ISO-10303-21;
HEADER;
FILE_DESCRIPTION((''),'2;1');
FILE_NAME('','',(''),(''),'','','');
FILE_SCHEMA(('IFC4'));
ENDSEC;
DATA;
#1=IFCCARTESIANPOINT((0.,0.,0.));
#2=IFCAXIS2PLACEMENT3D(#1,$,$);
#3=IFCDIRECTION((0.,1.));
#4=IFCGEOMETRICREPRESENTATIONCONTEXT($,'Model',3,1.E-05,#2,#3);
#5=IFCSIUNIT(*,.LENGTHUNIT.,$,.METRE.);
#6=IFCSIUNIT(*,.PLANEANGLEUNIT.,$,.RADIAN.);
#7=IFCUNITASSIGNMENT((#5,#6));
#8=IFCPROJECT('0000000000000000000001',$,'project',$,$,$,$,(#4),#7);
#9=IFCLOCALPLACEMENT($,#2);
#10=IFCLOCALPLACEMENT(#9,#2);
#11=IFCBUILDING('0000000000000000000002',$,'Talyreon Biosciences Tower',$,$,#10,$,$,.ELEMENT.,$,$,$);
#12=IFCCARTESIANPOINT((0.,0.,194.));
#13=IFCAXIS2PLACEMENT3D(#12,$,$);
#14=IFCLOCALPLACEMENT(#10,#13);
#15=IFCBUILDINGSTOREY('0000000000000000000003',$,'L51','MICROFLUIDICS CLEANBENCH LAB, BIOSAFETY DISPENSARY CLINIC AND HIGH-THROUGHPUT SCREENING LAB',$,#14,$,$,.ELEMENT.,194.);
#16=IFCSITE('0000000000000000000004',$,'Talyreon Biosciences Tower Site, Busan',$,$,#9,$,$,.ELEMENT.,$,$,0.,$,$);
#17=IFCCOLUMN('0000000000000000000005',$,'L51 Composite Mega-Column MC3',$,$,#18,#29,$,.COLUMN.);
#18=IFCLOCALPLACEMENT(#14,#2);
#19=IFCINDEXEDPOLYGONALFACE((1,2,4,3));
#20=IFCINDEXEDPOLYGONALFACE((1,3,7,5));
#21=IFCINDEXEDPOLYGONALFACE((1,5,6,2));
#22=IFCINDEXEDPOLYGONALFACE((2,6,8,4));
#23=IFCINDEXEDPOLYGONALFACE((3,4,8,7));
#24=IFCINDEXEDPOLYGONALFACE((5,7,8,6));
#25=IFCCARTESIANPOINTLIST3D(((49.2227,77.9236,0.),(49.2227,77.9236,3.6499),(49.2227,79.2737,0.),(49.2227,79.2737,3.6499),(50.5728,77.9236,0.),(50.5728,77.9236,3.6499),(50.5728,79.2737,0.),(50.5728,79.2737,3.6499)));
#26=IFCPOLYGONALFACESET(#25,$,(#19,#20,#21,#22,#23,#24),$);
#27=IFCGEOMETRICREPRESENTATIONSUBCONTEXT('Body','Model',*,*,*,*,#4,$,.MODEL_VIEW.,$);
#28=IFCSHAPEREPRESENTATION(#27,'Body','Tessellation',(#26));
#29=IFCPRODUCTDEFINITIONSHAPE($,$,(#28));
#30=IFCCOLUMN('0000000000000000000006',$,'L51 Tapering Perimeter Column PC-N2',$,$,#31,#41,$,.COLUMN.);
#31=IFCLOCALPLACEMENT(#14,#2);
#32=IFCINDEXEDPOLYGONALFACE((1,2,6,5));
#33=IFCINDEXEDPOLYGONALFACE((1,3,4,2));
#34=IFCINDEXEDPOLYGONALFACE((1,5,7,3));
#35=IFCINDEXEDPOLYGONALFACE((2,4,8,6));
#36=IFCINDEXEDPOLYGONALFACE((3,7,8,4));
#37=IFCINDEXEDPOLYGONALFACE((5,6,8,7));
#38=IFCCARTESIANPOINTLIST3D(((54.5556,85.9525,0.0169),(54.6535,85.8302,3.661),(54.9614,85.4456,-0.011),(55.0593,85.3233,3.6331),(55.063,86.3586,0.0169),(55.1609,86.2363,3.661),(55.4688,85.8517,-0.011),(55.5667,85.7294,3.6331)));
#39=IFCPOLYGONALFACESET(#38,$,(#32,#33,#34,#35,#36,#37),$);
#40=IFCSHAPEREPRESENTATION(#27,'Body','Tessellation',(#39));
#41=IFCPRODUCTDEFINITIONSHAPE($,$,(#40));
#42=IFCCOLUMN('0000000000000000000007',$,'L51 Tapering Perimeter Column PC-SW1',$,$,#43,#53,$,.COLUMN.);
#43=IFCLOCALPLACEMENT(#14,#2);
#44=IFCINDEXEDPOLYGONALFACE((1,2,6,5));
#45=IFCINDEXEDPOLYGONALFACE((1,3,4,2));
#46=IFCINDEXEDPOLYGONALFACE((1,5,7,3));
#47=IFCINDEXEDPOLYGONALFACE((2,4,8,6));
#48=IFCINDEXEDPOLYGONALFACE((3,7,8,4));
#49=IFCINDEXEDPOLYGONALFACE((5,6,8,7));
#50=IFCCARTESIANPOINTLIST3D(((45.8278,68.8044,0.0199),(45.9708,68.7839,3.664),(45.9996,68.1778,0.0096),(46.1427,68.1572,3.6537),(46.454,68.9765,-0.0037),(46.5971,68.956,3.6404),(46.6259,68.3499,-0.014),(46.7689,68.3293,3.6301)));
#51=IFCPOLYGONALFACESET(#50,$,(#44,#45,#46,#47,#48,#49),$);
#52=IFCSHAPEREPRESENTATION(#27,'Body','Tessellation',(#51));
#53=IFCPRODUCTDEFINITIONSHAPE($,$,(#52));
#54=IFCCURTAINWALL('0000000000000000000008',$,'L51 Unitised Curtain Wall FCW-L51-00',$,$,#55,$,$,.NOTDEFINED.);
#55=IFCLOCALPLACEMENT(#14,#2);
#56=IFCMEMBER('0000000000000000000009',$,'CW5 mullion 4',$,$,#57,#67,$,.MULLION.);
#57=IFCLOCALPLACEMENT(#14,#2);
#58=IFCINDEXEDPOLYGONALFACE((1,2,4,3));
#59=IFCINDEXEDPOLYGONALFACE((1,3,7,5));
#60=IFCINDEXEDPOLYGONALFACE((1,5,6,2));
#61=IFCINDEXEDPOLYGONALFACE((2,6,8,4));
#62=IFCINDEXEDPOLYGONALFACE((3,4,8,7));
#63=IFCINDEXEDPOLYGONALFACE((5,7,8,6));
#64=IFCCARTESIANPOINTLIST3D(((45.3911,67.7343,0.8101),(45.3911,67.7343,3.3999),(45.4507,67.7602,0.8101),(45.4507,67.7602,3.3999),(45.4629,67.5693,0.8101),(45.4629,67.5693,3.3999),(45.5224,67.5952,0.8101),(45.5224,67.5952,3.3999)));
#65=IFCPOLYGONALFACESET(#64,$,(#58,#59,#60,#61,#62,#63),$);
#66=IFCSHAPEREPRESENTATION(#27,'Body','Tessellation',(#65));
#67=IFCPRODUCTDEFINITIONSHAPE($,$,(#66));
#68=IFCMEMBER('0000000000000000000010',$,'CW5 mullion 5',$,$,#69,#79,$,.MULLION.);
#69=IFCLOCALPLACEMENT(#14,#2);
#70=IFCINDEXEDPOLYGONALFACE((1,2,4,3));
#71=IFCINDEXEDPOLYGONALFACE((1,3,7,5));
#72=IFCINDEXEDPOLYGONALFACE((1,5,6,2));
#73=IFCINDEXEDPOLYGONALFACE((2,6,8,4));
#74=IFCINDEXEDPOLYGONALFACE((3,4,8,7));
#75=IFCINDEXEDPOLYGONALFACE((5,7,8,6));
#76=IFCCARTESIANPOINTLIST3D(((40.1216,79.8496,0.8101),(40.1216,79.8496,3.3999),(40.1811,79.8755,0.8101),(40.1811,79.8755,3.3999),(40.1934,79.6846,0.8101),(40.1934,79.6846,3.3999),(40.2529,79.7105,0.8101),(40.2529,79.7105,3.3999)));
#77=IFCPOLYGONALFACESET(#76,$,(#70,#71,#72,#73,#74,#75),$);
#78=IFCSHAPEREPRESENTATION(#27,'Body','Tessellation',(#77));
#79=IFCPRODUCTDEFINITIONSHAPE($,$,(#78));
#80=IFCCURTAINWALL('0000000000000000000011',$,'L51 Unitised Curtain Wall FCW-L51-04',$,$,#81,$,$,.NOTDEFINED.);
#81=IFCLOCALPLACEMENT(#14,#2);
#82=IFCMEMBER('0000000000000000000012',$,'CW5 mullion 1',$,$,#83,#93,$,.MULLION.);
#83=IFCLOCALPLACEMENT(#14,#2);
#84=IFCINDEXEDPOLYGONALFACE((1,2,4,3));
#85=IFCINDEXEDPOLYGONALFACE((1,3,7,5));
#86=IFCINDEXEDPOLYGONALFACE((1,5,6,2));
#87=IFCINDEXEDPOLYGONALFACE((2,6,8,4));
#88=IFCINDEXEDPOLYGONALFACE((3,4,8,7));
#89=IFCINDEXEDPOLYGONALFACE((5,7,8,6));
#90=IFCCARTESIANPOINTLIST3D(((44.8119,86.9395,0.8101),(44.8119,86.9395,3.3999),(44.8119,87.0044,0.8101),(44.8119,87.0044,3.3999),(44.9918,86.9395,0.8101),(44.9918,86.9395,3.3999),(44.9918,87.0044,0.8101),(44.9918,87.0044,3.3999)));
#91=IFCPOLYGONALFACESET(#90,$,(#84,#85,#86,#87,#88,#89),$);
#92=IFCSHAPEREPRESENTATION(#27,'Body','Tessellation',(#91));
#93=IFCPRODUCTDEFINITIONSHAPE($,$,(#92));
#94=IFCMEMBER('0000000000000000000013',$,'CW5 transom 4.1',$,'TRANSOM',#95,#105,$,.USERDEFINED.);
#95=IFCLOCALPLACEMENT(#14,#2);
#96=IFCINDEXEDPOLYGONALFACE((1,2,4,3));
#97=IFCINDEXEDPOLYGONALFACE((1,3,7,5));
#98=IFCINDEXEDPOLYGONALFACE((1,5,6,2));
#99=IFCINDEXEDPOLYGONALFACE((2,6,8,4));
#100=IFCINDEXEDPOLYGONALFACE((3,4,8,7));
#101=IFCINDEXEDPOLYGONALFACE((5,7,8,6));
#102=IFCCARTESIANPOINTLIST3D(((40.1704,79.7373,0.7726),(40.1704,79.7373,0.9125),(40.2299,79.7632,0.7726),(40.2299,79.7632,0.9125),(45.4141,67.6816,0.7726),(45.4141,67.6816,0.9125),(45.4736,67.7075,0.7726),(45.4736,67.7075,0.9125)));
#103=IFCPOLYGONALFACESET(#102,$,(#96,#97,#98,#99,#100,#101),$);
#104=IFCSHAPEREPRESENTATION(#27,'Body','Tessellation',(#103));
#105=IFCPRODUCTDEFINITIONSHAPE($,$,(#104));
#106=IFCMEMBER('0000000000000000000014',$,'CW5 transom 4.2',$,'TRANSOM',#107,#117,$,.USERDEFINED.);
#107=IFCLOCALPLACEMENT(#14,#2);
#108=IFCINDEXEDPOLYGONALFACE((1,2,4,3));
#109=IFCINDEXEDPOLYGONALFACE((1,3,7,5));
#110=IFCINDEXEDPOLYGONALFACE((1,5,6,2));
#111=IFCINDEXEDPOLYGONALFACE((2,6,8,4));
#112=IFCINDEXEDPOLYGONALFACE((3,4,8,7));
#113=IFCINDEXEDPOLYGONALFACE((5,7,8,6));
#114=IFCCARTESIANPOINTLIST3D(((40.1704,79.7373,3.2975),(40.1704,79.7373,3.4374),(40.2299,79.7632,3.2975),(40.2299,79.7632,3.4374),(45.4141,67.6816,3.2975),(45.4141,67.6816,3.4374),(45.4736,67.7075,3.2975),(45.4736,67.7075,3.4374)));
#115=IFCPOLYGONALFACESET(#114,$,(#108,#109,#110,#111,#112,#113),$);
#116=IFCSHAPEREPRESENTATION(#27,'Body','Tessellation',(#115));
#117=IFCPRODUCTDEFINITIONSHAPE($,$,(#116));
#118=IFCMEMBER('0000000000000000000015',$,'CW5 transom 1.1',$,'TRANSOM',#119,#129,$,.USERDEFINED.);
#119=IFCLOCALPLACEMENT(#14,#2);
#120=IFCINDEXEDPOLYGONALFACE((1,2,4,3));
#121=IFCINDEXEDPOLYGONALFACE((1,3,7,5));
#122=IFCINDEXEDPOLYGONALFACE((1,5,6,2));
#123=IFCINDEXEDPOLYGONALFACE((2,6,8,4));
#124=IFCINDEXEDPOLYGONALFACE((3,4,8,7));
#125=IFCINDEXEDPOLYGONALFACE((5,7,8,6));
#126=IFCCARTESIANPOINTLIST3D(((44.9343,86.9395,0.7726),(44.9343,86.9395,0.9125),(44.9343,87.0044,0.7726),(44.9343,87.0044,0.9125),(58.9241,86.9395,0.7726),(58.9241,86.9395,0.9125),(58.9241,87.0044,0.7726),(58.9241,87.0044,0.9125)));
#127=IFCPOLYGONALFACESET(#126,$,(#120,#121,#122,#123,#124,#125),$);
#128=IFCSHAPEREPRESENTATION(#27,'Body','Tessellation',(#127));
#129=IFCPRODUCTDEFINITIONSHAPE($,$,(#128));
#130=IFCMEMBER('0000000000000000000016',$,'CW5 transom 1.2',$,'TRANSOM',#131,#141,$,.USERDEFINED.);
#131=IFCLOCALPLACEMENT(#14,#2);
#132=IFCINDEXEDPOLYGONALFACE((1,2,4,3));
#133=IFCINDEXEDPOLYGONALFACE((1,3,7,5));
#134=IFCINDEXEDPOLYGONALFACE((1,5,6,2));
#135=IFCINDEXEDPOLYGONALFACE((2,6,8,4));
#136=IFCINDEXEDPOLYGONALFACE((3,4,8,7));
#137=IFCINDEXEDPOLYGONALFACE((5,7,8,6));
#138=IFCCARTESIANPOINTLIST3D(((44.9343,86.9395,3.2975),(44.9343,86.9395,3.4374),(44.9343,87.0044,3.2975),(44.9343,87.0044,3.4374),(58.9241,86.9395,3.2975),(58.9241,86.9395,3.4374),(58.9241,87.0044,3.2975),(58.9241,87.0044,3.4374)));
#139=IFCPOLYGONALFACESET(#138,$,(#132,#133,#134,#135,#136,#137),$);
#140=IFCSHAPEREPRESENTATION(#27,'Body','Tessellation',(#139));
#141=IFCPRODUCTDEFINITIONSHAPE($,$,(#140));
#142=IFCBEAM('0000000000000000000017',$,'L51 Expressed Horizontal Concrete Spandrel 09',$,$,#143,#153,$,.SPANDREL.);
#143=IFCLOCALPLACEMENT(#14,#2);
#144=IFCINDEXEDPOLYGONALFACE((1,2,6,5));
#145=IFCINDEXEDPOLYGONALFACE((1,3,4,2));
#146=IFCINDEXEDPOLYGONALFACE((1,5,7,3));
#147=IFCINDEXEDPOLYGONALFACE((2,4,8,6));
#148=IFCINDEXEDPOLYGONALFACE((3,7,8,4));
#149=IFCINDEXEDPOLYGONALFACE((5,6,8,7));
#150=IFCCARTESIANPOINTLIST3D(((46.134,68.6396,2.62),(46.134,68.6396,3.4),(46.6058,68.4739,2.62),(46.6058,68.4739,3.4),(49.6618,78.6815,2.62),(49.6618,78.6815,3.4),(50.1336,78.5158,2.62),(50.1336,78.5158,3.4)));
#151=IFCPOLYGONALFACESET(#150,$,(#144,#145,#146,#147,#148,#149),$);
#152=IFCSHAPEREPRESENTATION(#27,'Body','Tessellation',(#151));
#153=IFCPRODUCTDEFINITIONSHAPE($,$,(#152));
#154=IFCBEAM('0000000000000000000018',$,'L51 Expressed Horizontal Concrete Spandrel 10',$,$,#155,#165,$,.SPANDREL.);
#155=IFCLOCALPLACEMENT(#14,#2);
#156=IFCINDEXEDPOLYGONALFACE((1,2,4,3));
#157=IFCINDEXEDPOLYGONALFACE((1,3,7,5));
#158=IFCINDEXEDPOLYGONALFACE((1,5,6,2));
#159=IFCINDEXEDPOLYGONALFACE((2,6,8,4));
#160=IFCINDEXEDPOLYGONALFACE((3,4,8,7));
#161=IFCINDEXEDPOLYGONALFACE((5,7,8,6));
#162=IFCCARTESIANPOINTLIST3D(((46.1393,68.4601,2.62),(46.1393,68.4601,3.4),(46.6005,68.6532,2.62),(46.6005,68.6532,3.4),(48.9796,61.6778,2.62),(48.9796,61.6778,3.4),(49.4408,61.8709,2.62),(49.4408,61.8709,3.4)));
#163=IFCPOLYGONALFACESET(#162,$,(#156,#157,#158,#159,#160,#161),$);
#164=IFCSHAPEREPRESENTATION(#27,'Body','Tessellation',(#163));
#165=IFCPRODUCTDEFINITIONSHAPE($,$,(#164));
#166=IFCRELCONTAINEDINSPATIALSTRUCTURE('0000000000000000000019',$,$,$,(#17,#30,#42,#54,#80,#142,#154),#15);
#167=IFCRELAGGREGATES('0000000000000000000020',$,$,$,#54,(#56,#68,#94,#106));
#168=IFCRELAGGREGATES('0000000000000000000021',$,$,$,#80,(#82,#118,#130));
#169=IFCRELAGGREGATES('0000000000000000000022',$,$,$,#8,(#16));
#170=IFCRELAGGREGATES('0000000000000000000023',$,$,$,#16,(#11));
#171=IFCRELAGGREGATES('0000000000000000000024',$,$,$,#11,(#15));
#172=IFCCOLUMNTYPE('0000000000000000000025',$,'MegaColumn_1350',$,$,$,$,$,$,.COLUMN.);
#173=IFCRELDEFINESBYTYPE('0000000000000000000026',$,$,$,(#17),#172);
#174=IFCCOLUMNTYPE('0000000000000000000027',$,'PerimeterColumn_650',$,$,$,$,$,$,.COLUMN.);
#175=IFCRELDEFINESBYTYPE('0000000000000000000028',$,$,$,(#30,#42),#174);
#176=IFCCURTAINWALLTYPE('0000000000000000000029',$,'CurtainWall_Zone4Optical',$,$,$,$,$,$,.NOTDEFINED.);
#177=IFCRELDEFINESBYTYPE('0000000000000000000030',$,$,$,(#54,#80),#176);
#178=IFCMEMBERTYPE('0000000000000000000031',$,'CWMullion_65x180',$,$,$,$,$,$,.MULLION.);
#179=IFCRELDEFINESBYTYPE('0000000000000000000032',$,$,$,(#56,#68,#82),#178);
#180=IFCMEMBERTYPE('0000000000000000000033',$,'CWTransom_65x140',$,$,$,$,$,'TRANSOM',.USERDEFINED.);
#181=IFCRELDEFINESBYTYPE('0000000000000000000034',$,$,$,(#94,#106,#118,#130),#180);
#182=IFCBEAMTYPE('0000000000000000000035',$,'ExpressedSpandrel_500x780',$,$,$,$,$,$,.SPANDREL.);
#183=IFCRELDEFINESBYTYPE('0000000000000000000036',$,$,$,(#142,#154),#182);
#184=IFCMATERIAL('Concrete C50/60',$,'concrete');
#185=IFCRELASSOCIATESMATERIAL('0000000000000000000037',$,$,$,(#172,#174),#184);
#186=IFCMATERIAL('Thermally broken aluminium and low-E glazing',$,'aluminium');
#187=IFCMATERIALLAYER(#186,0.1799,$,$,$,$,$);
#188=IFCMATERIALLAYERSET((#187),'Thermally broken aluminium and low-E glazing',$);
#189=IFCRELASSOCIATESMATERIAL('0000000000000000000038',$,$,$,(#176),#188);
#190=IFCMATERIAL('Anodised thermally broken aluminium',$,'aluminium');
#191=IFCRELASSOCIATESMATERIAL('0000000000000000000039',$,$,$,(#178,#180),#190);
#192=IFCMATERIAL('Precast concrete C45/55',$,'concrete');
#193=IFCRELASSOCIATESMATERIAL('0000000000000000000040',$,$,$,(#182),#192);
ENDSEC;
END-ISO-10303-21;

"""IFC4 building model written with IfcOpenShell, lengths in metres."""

from ifc_helpers import new_model, si_unit, direction, frame, origin, origin_2d, place, context, subcontext, project, spatial, rectangle, extrude, material, layer, layer_set, material_profile, profile_set, type_object, element, aggregate, save


model = new_model("IFC4")

# Units and contexts
model_context = context("Model", 3, precision=1e-05, world=origin(), true_north=direction((0.0, 1.0)))
body_context = subcontext(model_context, "Body", "Model", "MODEL_VIEW")
ifc_project = project(units=[si_unit("LENGTHUNIT", "METRE"), si_unit("PLANEANGLEUNIT", "RADIAN")], contexts=[model_context])

# Site, building, storey
site_placement = place(None, origin())
site = spatial("IfcSite", under=ifc_project, at=site_placement, Name="Talyreon Biosciences Tower Site, Busan", CompositionType="ELEMENT", RefElevation=0.0)
building_placement = place(site_placement, origin())
building = spatial("IfcBuilding", under=site, at=building_placement, Name="Talyreon Biosciences Tower", CompositionType="ELEMENT")
storey_placement = place(building_placement, frame((0.0, 0.0, 194.0)))
storey = spatial("IfcBuildingStorey", under=building, at=storey_placement, Name="L51", Description="MICROFLUIDICS CLEANBENCH LAB, BIOSAFETY DISPENSARY CLINIC AND HIGH-THROUGHPUT SCREENING LAB", CompositionType="ELEMENT", Elevation=194.0)

# Columns
ifc_material_1 = material(Name="Concrete C50/60", Category="concrete")
ifc_material_profile_1 = material_profile(ifc_material_1, rectangle(XDim=1.3501, YDim=1.3501, at=origin_2d()), Name="RC 1350x1350")
ifc_profile_set_1 = profile_set([ifc_material_profile_1], Name="Concrete C50/60")
column_type_1 = type_object("IfcColumnType", Name="MegaColumn_1350", PredefinedType="COLUMN", material=ifc_profile_set_1)
column_1_placement = place(storey_placement, frame((49.8977, 78.5986, 0.0), z_axis=(0.0, 0.0, 1.0), x_axis=(1.0, 0.0, 0.0)))
element("IfcColumn", 1, at=column_1_placement, inside=storey, type_object=column_type_1, Name="L51 Composite Mega-Column MC3", PredefinedType="COLUMN", context=body_context, shape_type="SweptSolid", body=[
    extrude(rectangle(XDim=1.3501, YDim=1.3501, at=origin_2d()), origin(), (0.0, 0.0, 1.0), 3.6499),
])
ifc_material_profile_2 = material_profile(ifc_material_1, rectangle(XDim=0.6499, YDim=0.6499, at=origin_2d()), Name="RC 650x650")
ifc_profile_set_2 = profile_set([ifc_material_profile_2], Name="Concrete C50/60")
column_type_2 = type_object("IfcColumnType", Name="PerimeterColumn_650", PredefinedType="COLUMN", material=ifc_profile_set_2)
column_2_placement = place(storey_placement, frame((55.0122, 85.9021, 0.0029), z_axis=(0.026841, -0.033535, 0.999077), x_axis=(-0.780717, -0.624885, 0.0)))
element("IfcColumn", 2, at=column_2_placement, inside=storey, type_object=column_type_2, Name="L51 Tapering Perimeter Column PC-N2", PredefinedType="COLUMN", context=body_context, shape_type="SweptSolid", body=[
    extrude(rectangle(XDim=0.6499, YDim=0.6499, at=origin_2d()), origin(), (0.0, 0.0, 1.0), 3.6475),
])
column_3_placement = place(storey_placement, frame((46.2268, 68.5771, 0.0029), z_axis=(0.03923, -0.005623, 0.999214), x_axis=(0.963616, 0.264809, -0.036342)))
element("IfcColumn", 3, at=column_3_placement, inside=storey, type_object=column_type_2, Name="L51 Tapering Perimeter Column PC-SW1", PredefinedType="COLUMN", context=body_context, shape_type="SweptSolid", body=[
    extrude(rectangle(XDim=0.6499, YDim=0.6499, at=origin_2d()), origin(), (0.0, 0.0, 1.0), 3.647),
])

# Curtain wall, members
ifc_material_2 = material(Name="Thermally broken aluminium and low-E glazing", Category="aluminium")
ifc_layer_1 = layer(ifc_material_2, 0.1799)
ifc_layer_set_1 = layer_set([ifc_layer_1], Name="Thermally broken aluminium and low-E glazing")
curtain_wall_type = type_object("IfcCurtainWallType", Name="CurtainWall_Zone4Optical", PredefinedType="NOTDEFINED", material=ifc_layer_set_1)
curtain_wall_1_placement = place(storey_placement, origin())
curtain_wall_1 = element("IfcCurtainWall", 4, at=curtain_wall_1_placement, inside=storey, type_object=curtain_wall_type, Name="L51 Unitised Curtain Wall FCW-L51-00", PredefinedType="NOTDEFINED")
ifc_material_3 = material(Name="Anodised thermally broken aluminium", Category="aluminium")
ifc_material_profile_3 = material_profile(ifc_material_3, rectangle(XDim=0.0649, YDim=0.1799, at=origin_2d()), Name="ALUM MULLION 65x180")
ifc_profile_set_3 = profile_set([ifc_material_profile_3], Name="Anodised thermally broken aluminium")
member_type_1 = type_object("IfcMemberType", Name="CWMullion_65x180", PredefinedType="MULLION", material=ifc_profile_set_3)
member_1_placement = place(storey_placement, frame((45.4568, 67.6648, 0.8101), z_axis=(0.0, 0.0, 1.0), x_axis=(-0.917011, -0.398862, 0.0)))
member_1 = element("IfcMember", 5, at=member_1_placement, type_object=member_type_1, Name="CW5 mullion 4", PredefinedType="MULLION", context=body_context, shape_type="SweptSolid", body=[
    extrude(rectangle(XDim=0.0649, YDim=0.1799, at=origin_2d()), origin(), (0.0, 0.0, 1.0), 2.5898),
])
member_2_placement = place(storey_placement, frame((40.1873, 79.78, 0.8101), z_axis=(0.0, 0.0, 1.0), x_axis=(-0.917011, -0.398862, 0.0)))
member_2 = element("IfcMember", 6, at=member_2_placement, type_object=member_type_1, Name="CW5 mullion 5", PredefinedType="MULLION", context=body_context, shape_type="SweptSolid", body=[
    extrude(rectangle(XDim=0.0649, YDim=0.1799, at=origin_2d()), origin(), (0.0, 0.0, 1.0), 2.5898),
])

# Curtain wall, member
curtain_wall_2_placement = place(storey_placement, origin())
curtain_wall_2 = element("IfcCurtainWall", 7, at=curtain_wall_2_placement, inside=storey, type_object=curtain_wall_type, Name="L51 Unitised Curtain Wall FCW-L51-04", PredefinedType="NOTDEFINED")
member_3_placement = place(storey_placement, frame((44.9019, 86.9719, 0.8101), z_axis=(0.0, 0.0, 1.0), x_axis=(0.0, 1.0, 0.0)))
member_3 = element("IfcMember", 8, at=member_3_placement, type_object=member_type_1, Name="CW5 mullion 1", PredefinedType="MULLION", context=body_context, shape_type="SweptSolid", body=[
    extrude(rectangle(XDim=0.0649, YDim=0.1799, at=origin_2d()), origin(), (0.0, 0.0, 1.0), 2.5898),
])

# Members
ifc_material_profile_4 = material_profile(ifc_material_3, rectangle(XDim=0.0649, YDim=0.1399, at=origin_2d()), Name="ALUM TRANSOM 65x140")
ifc_profile_set_4 = profile_set([ifc_material_profile_4], Name="Anodised thermally broken aluminium")
member_type_2 = type_object("IfcMemberType", Name="CWTransom_65x140", ElementType="TRANSOM", PredefinedType="USERDEFINED", material=ifc_profile_set_4)
member_4_placement = place(storey_placement, frame((45.4438, 67.6946, 0.8425), z_axis=(-0.398858, 0.917013, 0.0), x_axis=(-0.917013, -0.398858, 0.0)))
member_4 = element("IfcMember", 9, at=member_4_placement, type_object=member_type_2, Name="CW5 transom 4.1", ObjectType="TRANSOM", PredefinedType="USERDEFINED", context=body_context, shape_type="SweptSolid", body=[
    extrude(rectangle(XDim=0.0649, YDim=0.1399, at=origin_2d()), origin(), (0.0, 0.0, 1.0), 13.1467),
])
member_5_placement = place(storey_placement, frame((45.4438, 67.6946, 3.3674), z_axis=(-0.398858, 0.917013, 0.0), x_axis=(-0.917013, -0.398858, 0.0)))
member_5 = element("IfcMember", 10, at=member_5_placement, type_object=member_type_2, Name="CW5 transom 4.2", ObjectType="TRANSOM", PredefinedType="USERDEFINED", context=body_context, shape_type="SweptSolid", body=[
    extrude(rectangle(XDim=0.0649, YDim=0.1399, at=origin_2d()), origin(), (0.0, 0.0, 1.0), 13.1467),
])
member_6_placement = place(storey_placement, frame((44.9343, 86.9719, 0.8425), z_axis=(1.0, 0.0, 0.0), x_axis=(0.0, 1.0, 0.0)))
member_6 = element("IfcMember", 11, at=member_6_placement, type_object=member_type_2, Name="CW5 transom 1.1", ObjectType="TRANSOM", PredefinedType="USERDEFINED", context=body_context, shape_type="SweptSolid", body=[
    extrude(rectangle(XDim=0.0649, YDim=0.1399, at=origin_2d()), origin(), (0.0, 0.0, 1.0), 13.9897),
])
member_7_placement = place(storey_placement, frame((44.9343, 86.9719, 3.3674), z_axis=(1.0, 0.0, 0.0), x_axis=(0.0, 1.0, 0.0)))
member_7 = element("IfcMember", 12, at=member_7_placement, type_object=member_type_2, Name="CW5 transom 1.2", ObjectType="TRANSOM", PredefinedType="USERDEFINED", context=body_context, shape_type="SweptSolid", body=[
    extrude(rectangle(XDim=0.0649, YDim=0.1399, at=origin_2d()), origin(), (0.0, 0.0, 1.0), 13.9897),
])

# Beams
ifc_material_4 = material(Name="Precast concrete C45/55", Category="concrete")
ifc_material_profile_5 = material_profile(ifc_material_4, rectangle(XDim=0.5, YDim=0.78, at=origin_2d()), Name="RCB 500x780")
ifc_profile_set_5 = profile_set([ifc_material_profile_5], Name="Precast concrete C45/55")
beam_type_1 = type_object("IfcBeamType", Name="ExpressedSpandrel_500x780", PredefinedType="SPANDREL", material=ifc_profile_set_5)
beam_1_placement = place(storey_placement, frame((49.8977, 78.5986, 3.01), z_axis=(-0.33145, -0.943473, 0.0), x_axis=(0.943473, -0.33145, 0.0)))
element("IfcBeam", 13, at=beam_1_placement, inside=storey, type_object=beam_type_1, Name="L51 Expressed Horizontal Concrete Spandrel 09", PredefinedType="SPANDREL", context=body_context, shape_type="SweptSolid", body=[
    extrude(rectangle(XDim=0.5, YDim=0.78, at=origin_2d()), origin(), (0.0, 0.0, 1.0), 10.6436),
])
beam_2_placement = place(storey_placement, frame((46.3699, 68.5566, 3.01), z_axis=(0.386284, -0.92238, 0.0), x_axis=(0.92238, 0.386284, 0.0)))
element("IfcBeam", 14, at=beam_2_placement, inside=storey, type_object=beam_type_1, Name="L51 Expressed Horizontal Concrete Spandrel 10", PredefinedType="SPANDREL", context=body_context, shape_type="SweptSolid", body=[
    extrude(rectangle(XDim=0.5, YDim=0.78, at=origin_2d()), origin(), (0.0, 0.0, 1.0), 7.353),
])

aggregate(curtain_wall_1, [member_1, member_2, member_4, member_5])
aggregate(curtain_wall_2, [member_3, member_6, member_7])

save(model, "model.ifc")
